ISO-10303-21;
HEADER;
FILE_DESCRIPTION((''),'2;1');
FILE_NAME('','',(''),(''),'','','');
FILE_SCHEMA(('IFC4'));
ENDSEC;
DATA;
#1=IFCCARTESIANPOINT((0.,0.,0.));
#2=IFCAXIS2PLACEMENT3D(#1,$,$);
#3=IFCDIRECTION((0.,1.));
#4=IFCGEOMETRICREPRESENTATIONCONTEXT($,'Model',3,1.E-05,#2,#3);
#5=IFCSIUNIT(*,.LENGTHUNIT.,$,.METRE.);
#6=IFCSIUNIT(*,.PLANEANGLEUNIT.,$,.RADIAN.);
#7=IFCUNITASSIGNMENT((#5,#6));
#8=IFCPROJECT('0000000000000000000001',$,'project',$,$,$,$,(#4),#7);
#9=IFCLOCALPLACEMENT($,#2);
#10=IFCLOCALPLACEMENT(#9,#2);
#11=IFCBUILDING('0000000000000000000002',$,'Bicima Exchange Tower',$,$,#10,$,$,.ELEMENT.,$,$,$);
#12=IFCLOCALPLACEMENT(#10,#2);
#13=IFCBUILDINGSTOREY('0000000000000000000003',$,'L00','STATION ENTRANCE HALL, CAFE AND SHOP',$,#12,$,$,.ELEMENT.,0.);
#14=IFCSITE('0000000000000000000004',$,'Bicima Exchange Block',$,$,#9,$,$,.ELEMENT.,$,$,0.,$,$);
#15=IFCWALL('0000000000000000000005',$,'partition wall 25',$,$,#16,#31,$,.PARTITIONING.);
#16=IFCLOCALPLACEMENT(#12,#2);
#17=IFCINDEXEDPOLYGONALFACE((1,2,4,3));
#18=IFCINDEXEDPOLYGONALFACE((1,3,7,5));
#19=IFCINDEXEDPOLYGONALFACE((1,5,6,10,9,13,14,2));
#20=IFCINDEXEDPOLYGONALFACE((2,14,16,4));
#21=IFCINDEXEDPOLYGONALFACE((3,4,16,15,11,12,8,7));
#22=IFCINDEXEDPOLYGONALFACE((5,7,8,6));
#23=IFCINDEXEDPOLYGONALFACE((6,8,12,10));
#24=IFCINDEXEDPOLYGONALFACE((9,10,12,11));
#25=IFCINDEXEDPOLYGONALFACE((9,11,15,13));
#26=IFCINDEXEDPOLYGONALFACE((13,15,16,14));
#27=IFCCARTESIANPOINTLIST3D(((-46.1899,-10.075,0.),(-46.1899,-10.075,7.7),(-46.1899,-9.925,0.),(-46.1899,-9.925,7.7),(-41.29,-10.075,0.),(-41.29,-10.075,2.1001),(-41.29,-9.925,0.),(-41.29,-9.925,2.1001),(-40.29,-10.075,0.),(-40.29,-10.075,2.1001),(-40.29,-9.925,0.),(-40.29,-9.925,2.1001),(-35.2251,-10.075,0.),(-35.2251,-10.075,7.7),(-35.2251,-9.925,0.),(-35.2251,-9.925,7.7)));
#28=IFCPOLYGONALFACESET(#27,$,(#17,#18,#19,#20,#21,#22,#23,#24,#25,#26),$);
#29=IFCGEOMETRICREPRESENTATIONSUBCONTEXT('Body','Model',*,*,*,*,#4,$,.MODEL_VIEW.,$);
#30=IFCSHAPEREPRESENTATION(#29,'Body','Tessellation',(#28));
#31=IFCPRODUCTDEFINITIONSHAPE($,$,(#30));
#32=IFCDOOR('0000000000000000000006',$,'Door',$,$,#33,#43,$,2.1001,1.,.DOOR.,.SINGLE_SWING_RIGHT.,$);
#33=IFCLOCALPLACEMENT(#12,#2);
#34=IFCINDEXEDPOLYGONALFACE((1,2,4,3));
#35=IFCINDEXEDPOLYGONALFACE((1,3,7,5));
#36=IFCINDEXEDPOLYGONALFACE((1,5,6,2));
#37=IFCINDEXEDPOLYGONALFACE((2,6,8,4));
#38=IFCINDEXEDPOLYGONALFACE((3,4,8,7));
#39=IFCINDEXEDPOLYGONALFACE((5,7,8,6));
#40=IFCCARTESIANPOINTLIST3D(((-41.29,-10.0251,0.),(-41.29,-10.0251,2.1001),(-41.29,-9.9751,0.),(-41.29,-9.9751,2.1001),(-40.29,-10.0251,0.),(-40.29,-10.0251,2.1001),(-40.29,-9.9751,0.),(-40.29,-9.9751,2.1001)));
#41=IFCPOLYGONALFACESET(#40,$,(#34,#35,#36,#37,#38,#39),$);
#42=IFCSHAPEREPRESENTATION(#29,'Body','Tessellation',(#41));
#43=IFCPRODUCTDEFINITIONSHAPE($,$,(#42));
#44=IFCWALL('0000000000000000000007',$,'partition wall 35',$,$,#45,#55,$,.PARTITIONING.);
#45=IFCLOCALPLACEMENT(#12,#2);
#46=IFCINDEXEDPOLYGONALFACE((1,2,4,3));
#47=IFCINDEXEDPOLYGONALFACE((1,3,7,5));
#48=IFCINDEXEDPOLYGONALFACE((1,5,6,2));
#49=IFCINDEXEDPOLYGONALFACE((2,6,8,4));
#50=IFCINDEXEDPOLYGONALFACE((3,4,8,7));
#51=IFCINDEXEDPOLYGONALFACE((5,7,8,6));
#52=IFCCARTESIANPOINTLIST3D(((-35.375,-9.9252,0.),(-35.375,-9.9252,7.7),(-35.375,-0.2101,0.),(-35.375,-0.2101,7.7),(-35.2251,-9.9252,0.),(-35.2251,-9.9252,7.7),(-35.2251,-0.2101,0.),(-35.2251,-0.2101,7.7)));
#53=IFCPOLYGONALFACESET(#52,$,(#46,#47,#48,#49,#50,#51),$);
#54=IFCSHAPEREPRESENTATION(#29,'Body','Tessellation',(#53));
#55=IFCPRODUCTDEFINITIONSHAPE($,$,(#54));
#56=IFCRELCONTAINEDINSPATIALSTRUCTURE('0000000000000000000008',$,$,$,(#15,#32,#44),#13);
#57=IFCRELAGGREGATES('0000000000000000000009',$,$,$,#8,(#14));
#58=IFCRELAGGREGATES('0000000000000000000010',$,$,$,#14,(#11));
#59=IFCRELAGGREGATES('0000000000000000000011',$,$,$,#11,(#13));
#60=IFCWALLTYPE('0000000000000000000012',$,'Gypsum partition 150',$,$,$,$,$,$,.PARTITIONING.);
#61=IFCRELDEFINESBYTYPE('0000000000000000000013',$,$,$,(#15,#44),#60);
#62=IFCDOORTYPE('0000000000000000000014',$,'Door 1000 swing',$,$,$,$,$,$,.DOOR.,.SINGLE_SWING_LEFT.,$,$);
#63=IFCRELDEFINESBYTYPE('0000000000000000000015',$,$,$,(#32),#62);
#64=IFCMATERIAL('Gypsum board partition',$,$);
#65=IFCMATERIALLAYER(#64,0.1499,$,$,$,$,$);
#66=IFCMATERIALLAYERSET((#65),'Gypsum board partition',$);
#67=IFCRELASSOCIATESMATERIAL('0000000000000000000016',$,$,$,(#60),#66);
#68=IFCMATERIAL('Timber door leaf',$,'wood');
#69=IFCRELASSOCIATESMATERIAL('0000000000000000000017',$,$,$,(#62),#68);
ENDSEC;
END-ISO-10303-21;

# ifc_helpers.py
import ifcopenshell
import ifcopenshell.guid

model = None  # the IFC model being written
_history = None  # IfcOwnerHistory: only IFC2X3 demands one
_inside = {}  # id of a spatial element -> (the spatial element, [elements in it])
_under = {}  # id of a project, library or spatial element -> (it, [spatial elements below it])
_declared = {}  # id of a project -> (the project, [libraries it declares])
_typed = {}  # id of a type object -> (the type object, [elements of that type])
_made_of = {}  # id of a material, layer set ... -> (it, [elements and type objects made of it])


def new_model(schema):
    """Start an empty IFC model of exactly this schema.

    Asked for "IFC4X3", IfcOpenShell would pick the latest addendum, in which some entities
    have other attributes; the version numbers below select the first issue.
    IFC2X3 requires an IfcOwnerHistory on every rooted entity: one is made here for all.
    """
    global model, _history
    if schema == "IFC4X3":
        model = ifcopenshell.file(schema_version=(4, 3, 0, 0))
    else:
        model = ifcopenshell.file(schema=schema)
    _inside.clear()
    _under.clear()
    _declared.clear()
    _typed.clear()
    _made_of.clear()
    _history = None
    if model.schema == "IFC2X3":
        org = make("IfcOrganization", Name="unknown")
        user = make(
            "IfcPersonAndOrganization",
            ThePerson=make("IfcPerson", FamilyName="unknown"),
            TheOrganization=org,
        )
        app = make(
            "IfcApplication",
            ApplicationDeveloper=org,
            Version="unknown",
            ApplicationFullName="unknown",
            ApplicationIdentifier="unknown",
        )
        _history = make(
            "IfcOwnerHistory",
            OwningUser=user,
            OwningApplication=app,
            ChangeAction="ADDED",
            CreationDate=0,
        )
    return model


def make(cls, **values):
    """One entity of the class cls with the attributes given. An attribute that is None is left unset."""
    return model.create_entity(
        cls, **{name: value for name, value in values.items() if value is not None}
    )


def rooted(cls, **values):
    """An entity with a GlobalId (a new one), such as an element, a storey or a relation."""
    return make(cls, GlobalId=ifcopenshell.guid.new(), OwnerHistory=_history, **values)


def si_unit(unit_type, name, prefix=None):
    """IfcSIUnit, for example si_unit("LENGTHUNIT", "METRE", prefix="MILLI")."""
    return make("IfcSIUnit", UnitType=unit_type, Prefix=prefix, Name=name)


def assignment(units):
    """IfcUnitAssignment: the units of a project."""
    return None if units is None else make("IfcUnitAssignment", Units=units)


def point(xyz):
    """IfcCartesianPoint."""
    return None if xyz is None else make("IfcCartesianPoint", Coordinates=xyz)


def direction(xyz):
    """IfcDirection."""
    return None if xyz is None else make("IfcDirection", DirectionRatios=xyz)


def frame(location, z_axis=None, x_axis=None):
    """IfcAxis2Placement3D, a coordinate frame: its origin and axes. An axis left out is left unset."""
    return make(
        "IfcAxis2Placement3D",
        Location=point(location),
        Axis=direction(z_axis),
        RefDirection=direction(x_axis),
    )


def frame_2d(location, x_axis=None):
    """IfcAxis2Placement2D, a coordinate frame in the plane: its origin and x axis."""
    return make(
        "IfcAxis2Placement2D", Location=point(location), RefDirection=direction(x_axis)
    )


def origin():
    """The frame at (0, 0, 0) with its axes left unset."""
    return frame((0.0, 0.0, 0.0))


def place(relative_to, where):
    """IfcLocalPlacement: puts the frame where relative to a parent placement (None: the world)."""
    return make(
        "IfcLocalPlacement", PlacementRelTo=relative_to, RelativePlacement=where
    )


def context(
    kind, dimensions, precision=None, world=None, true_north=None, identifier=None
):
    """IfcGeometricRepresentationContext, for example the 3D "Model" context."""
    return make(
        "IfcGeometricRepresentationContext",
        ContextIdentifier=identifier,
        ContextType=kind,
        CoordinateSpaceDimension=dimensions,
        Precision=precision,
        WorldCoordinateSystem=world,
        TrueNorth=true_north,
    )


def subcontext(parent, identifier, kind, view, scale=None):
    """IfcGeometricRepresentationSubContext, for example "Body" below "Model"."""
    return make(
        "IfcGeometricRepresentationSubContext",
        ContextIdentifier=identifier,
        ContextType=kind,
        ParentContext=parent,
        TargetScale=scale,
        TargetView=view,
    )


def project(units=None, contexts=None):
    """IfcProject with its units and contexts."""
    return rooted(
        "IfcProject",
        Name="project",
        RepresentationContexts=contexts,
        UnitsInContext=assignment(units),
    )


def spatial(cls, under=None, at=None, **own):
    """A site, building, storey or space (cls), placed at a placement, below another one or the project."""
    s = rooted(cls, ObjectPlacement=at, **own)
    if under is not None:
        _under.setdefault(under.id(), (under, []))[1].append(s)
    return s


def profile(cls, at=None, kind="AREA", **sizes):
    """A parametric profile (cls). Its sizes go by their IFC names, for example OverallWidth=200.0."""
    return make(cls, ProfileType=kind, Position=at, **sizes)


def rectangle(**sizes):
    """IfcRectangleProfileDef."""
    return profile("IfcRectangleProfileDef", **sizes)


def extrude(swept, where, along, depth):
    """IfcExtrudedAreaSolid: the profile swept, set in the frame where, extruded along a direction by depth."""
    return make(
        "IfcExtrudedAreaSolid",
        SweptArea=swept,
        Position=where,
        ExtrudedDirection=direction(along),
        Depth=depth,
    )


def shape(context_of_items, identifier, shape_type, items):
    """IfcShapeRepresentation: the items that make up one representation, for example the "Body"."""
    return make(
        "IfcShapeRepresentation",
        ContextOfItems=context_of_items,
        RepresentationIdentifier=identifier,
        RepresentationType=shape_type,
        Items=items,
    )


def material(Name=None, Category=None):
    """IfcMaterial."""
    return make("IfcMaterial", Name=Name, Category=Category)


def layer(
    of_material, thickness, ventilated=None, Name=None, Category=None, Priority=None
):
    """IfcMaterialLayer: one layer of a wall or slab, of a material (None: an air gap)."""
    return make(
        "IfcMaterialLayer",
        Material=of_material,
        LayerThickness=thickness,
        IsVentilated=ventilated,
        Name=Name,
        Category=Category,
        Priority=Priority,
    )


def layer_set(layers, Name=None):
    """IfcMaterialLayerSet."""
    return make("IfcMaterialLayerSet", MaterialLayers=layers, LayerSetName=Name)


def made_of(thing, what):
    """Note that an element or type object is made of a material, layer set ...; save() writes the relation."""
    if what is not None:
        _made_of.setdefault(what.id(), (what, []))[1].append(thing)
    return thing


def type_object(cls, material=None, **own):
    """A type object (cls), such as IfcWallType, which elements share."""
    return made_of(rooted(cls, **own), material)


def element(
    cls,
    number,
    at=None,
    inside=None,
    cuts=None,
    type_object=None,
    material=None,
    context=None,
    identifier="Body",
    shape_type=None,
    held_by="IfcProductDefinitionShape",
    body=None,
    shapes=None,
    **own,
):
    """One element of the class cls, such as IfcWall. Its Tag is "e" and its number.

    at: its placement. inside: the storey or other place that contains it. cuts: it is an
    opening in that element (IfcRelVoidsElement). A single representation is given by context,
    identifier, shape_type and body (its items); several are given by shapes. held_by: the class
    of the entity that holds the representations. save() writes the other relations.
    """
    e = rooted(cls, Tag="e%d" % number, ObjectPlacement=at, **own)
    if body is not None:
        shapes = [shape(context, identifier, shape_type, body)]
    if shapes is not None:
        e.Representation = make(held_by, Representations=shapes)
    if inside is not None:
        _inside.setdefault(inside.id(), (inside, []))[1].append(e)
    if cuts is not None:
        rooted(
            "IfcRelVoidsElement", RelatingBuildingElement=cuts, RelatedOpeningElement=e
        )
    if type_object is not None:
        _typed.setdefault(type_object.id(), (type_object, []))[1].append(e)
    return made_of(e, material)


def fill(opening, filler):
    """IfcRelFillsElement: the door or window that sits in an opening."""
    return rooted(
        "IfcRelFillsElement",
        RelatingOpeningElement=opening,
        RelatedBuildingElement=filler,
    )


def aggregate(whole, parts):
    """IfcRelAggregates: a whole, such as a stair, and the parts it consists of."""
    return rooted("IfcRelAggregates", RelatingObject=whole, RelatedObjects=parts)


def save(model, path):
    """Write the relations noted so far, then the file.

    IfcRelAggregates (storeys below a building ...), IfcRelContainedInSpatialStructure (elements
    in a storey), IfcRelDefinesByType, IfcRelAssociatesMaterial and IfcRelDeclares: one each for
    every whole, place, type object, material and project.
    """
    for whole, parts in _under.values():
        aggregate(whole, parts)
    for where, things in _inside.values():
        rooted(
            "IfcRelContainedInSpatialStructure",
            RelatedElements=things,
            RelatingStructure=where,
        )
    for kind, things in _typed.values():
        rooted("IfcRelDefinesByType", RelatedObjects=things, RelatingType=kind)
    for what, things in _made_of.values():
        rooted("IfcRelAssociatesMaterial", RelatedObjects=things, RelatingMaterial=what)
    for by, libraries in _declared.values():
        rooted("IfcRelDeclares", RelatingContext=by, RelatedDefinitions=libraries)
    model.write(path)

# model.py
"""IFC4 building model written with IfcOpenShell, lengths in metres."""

from ifc_helpers import new_model, si_unit, direction, frame, frame_2d, origin, place, context, subcontext, project, spatial, rectangle, extrude, material, layer, layer_set, type_object, element, fill, save


model = new_model("IFC4")

# Units and contexts
model_context = context("Model", 3, precision=1e-05, world=origin(), true_north=direction((0.0, 1.0)))
body_context = subcontext(model_context, "Body", "Model", "MODEL_VIEW")
ifc_project = project(units=[si_unit("LENGTHUNIT", "METRE"), si_unit("PLANEANGLEUNIT", "RADIAN")], contexts=[model_context])

# Site, building, storey
site_placement = place(None, origin())
site = spatial("IfcSite", under=ifc_project, at=site_placement, Name="Bicima Exchange Block", CompositionType="ELEMENT", RefElevation=0.0)
building_placement = place(site_placement, origin())
building = spatial("IfcBuilding", under=site, at=building_placement, Name="Bicima Exchange Tower", CompositionType="ELEMENT")
storey_placement = place(building_placement, origin())
storey = spatial("IfcBuildingStorey", under=building, at=storey_placement, Name="L00", Description="STATION ENTRANCE HALL, CAFE AND SHOP", CompositionType="ELEMENT", Elevation=0.0)

# Wall, opening, door
ifc_material_1 = material(Name="Gypsum board partition")
ifc_layer_1 = layer(ifc_material_1, 0.1499)
ifc_layer_set_1 = layer_set([ifc_layer_1], Name="Gypsum board partition")
wall_type_1 = type_object("IfcWallType", Name="Gypsum partition 150", PredefinedType="PARTITIONING", material=ifc_layer_set_1)
wall_1_placement = place(storey_placement, frame((-46.1899, -10.0, 0.0), z_axis=(0.0, 0.0, 1.0), x_axis=(1.0, 0.0, 0.0)))
wall_1 = element("IfcWall", 1, at=wall_1_placement, inside=storey, type_object=wall_type_1, Name="partition wall 25", PredefinedType="PARTITIONING", context=body_context, shape_type="SweptSolid", body=[
    extrude(rectangle(XDim=10.9648, YDim=0.1499, at=frame_2d((5.4824, 0.0))), origin(), (0.0, 0.0, 1.0), 7.7),
])
opening_1_placement = place(wall_1_placement, frame((4.8999, 0.0, 0.0)))
opening_1 = element("IfcOpeningElement", 2, at=opening_1_placement, cuts=wall_1, PredefinedType="OPENING", context=body_context, shape_type="SweptSolid", body=[
    extrude(rectangle(XDim=1.0, YDim=2.1001, at=frame_2d((0.5, 1.05))), frame((0.0, 0.0869, 0.0), z_axis=(0.0, -1.0, 0.0), x_axis=(1.0, 0.0, 0.0)), (0.0, 0.0, 1.0), 0.1738),
])
ifc_material_2 = material(Name="Timber door leaf", Category="wood")
door_type_1 = type_object("IfcDoorType", Name="Door 1000 swing", OperationType="SINGLE_SWING_LEFT", PredefinedType="DOOR", material=ifc_material_2)
door_1_placement = place(opening_1_placement, origin())
door_1 = element("IfcDoor", 3, at=door_1_placement, inside=storey, type_object=door_type_1, Name="Door", OperationType="SINGLE_SWING_RIGHT", OverallHeight=2.1001, OverallWidth=1.0, PredefinedType="DOOR", context=body_context, shape_type="SweptSolid", body=[
    extrude(rectangle(XDim=1.0, YDim=2.1001, at=frame_2d((0.5, 1.05))), frame((0.0, 0.0249, 0.0), z_axis=(0.0, -1.0, 0.0), x_axis=(1.0, 0.0, 0.0)), (0.0, 0.0, 1.0), 0.05),
])
fill(opening_1, door_1)

# Wall
wall_2_placement = place(storey_placement, frame((-35.3, -9.925, 0.0), z_axis=(0.0, 0.0, 1.0), x_axis=(0.0, 1.0, 0.0)))
element("IfcWall", 4, at=wall_2_placement, inside=storey, type_object=wall_type_1, Name="partition wall 35", PredefinedType="PARTITIONING", context=body_context, shape_type="SweptSolid", body=[
    extrude(rectangle(XDim=9.7151, YDim=0.1499, at=frame_2d((4.8574, 0.0))), origin(), (0.0, 0.0, 1.0), 7.7),
])

save(model, "model.ifc")
